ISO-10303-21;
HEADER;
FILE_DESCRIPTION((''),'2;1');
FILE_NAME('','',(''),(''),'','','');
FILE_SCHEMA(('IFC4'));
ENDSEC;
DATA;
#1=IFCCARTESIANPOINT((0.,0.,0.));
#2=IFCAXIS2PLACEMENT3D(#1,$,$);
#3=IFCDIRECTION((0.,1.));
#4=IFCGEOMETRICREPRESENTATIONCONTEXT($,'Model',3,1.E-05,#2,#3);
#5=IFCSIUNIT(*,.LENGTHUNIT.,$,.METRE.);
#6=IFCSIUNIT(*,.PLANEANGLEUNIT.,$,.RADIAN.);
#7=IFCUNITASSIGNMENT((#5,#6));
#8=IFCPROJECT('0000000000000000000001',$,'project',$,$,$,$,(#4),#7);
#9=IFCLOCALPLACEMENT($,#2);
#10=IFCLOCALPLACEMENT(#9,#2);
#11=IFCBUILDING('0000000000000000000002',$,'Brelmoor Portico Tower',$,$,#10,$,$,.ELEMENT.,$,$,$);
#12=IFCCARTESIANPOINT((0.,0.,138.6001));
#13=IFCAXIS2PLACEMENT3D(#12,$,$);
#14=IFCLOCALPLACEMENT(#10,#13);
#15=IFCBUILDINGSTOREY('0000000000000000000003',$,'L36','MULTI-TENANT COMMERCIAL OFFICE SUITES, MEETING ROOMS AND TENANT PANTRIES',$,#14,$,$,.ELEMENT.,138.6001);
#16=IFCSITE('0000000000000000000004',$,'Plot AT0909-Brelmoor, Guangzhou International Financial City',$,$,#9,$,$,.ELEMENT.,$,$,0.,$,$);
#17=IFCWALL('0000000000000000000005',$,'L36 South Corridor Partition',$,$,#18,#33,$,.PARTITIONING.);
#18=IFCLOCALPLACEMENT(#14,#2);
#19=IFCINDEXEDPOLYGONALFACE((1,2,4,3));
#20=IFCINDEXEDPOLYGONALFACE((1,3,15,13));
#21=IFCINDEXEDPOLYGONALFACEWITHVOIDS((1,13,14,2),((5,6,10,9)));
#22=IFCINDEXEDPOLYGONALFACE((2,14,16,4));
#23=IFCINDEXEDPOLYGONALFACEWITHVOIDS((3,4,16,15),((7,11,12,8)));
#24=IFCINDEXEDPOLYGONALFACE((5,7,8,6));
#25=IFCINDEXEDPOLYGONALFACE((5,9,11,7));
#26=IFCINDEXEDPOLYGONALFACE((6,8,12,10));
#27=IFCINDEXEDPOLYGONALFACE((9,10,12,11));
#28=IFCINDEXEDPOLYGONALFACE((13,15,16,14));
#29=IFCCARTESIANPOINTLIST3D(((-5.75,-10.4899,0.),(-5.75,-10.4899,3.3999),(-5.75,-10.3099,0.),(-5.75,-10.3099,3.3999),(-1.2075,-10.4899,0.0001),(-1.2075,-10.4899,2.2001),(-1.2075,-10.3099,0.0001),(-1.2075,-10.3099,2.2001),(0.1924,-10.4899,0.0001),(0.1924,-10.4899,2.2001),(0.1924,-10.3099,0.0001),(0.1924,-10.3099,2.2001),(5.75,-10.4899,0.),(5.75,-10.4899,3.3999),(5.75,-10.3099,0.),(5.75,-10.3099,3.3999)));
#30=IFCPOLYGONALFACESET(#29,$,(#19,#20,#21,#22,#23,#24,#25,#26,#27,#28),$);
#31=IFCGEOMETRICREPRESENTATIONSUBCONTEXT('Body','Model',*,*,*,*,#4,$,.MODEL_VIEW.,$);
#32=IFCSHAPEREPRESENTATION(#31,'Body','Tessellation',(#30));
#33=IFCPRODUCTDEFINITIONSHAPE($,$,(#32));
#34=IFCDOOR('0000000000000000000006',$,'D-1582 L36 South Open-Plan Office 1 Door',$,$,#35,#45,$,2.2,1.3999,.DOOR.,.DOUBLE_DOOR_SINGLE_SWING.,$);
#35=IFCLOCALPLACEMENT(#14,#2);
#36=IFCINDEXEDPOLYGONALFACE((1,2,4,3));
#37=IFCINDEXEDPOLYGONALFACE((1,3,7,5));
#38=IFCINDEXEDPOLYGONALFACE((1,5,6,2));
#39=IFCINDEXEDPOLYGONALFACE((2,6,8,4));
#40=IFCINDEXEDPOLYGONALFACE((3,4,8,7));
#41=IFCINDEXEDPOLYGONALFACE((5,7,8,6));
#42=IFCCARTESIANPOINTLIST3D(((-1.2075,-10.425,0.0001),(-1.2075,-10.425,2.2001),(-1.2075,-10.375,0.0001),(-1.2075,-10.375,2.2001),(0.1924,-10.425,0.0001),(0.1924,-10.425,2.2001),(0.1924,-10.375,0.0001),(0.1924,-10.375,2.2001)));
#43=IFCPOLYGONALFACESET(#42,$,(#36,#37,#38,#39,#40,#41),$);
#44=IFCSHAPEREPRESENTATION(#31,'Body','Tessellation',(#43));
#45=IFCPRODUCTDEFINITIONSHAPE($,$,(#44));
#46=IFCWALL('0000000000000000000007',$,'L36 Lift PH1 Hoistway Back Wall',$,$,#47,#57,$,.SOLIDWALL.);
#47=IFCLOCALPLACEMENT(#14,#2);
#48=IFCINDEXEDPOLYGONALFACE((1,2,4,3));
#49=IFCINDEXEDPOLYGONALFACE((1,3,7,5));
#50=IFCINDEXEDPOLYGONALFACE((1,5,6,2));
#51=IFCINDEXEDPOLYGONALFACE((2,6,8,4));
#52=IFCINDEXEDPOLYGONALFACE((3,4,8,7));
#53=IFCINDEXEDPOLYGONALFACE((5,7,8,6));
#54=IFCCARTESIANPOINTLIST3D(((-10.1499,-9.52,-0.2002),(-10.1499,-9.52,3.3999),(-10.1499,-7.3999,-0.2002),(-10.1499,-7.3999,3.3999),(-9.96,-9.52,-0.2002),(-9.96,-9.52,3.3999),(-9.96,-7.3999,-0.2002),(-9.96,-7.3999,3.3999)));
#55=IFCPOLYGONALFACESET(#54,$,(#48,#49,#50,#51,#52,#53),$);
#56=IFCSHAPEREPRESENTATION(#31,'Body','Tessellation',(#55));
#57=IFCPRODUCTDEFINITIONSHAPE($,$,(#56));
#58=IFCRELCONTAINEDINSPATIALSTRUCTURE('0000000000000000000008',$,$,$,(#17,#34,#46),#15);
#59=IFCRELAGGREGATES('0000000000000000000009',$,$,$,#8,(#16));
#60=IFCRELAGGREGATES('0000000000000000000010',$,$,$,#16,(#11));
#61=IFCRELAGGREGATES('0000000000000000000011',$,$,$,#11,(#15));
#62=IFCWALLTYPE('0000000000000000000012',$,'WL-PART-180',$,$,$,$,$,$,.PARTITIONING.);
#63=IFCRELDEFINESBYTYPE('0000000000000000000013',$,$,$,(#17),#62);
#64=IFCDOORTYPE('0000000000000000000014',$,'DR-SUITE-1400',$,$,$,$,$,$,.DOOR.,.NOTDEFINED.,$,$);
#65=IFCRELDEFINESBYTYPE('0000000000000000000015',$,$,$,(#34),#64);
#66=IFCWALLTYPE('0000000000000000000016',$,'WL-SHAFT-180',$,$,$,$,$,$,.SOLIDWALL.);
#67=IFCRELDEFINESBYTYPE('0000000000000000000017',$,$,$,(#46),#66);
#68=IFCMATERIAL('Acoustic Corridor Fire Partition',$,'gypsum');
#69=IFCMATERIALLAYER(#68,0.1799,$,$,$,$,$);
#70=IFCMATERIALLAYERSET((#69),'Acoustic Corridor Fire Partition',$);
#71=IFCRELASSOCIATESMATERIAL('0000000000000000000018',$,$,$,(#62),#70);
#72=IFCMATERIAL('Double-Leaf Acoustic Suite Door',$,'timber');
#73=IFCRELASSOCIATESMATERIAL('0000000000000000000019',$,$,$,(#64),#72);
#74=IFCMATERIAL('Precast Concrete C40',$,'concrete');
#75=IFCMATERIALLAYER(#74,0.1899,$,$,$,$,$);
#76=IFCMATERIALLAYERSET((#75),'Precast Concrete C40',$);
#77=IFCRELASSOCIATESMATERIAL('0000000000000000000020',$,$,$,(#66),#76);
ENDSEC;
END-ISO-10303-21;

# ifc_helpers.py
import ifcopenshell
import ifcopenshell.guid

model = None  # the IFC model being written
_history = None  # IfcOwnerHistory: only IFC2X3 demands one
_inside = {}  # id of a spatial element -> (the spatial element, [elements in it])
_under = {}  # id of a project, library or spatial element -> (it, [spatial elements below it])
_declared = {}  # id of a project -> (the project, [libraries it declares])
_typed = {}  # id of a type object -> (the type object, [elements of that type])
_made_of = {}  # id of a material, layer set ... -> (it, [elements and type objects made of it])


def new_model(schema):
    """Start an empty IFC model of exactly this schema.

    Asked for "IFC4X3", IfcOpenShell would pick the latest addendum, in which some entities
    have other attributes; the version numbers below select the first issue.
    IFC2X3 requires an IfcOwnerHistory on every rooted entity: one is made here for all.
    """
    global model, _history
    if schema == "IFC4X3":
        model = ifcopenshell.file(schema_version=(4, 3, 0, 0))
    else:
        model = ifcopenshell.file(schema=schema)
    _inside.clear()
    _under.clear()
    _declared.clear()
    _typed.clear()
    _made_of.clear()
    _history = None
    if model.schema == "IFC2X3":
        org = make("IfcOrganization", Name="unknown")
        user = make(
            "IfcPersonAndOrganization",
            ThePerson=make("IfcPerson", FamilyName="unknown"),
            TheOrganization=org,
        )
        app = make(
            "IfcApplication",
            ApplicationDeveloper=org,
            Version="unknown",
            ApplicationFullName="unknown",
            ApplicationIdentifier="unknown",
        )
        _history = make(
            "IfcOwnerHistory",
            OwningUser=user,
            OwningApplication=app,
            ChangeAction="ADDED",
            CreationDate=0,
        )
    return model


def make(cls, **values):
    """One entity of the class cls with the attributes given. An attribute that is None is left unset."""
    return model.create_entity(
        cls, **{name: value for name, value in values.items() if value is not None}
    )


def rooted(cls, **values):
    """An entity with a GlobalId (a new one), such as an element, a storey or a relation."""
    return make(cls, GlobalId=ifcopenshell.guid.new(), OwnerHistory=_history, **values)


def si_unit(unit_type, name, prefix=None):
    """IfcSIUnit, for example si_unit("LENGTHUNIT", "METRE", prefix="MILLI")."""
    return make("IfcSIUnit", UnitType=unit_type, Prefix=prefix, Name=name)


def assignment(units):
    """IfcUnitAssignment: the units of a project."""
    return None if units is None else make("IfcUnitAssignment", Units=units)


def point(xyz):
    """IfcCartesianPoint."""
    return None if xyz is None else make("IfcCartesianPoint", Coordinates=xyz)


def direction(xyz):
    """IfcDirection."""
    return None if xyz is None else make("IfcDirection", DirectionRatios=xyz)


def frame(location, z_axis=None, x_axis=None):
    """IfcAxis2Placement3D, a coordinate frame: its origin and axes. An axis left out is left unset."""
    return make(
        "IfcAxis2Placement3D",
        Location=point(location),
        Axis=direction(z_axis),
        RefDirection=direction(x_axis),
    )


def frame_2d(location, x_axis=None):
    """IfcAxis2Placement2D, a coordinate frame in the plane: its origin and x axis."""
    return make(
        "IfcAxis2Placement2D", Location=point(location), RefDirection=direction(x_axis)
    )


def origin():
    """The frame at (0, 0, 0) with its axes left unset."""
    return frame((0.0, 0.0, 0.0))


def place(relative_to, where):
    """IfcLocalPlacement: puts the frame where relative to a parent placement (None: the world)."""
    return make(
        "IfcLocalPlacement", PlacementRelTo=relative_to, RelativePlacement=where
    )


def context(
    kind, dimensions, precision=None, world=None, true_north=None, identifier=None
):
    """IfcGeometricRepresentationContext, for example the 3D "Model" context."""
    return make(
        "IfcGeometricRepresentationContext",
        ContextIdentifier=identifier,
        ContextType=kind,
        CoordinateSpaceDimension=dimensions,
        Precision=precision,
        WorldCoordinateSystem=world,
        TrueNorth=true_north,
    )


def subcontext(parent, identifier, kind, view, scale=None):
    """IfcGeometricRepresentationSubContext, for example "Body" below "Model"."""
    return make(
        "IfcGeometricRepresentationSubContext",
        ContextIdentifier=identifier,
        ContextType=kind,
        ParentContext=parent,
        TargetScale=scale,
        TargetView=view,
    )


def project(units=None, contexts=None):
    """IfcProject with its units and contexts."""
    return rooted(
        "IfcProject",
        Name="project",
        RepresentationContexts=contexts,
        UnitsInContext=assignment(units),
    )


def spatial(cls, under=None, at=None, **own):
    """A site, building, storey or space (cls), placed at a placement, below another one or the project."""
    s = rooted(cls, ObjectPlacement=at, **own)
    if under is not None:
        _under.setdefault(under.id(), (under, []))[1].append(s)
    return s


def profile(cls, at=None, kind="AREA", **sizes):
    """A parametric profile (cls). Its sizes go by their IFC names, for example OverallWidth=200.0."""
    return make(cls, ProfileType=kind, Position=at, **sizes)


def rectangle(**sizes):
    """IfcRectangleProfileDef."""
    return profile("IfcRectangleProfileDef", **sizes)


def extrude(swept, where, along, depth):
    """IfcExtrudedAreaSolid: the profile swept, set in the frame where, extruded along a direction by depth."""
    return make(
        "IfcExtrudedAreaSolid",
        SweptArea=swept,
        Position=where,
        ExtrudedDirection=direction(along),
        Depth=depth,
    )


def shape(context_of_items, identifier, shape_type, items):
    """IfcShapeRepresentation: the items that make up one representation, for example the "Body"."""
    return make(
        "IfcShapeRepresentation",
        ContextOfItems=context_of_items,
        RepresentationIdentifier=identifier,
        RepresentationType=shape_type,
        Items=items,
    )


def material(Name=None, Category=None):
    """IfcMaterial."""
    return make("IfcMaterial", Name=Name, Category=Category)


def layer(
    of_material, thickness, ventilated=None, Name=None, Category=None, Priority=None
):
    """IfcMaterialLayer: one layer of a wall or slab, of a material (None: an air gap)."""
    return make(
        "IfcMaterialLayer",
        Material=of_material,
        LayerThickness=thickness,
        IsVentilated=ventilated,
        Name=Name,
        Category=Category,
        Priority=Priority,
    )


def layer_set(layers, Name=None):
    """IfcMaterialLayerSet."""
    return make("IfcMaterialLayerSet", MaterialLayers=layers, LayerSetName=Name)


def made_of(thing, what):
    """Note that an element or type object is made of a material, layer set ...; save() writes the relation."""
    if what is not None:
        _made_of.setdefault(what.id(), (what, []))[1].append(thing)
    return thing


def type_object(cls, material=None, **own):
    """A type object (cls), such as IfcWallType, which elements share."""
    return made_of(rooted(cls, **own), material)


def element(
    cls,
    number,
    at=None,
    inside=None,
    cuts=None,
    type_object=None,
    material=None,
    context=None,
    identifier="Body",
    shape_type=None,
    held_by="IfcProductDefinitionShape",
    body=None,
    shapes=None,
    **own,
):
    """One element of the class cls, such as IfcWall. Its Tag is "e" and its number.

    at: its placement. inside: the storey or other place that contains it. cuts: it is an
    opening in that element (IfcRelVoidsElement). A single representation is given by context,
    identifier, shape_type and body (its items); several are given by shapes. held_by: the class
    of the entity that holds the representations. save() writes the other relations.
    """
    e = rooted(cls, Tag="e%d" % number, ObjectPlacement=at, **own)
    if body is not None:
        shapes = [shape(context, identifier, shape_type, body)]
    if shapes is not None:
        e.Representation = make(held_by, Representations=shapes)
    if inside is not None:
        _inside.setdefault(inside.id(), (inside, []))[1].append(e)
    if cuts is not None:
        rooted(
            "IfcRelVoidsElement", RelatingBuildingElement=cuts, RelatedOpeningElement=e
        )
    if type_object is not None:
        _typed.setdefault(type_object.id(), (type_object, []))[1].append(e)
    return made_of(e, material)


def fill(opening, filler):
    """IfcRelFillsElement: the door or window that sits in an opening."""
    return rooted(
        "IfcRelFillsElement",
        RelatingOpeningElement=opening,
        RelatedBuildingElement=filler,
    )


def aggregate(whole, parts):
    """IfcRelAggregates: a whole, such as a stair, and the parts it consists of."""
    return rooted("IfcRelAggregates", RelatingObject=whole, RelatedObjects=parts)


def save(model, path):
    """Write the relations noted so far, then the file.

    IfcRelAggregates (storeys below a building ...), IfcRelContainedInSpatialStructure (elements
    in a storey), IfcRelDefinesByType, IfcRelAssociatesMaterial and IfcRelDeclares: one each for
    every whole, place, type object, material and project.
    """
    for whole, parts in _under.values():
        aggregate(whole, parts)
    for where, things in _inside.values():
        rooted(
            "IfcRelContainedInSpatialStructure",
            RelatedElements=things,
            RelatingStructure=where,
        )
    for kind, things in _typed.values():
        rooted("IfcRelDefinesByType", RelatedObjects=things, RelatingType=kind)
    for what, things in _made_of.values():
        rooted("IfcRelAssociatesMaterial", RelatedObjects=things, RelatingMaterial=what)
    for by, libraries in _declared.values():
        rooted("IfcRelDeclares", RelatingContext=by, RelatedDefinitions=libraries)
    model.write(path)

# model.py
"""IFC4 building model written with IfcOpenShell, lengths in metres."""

from ifc_helpers import new_model, si_unit, direction, frame, frame_2d, origin, place, context, subcontext, project, spatial, rectangle, extrude, material, layer, layer_set, type_object, element, fill, save


model = new_model("IFC4")

# Units and contexts
model_context = context("Model", 3, precision=1e-05, world=origin(), true_north=direction((0.0, 1.0)))
body_context = subcontext(model_context, "Body", "Model", "MODEL_VIEW")
ifc_project = project(units=[si_unit("LENGTHUNIT", "METRE"), si_unit("PLANEANGLEUNIT", "RADIAN")], contexts=[model_context])

# Site, building, storey
site_placement = place(None, origin())
site = spatial("IfcSite", under=ifc_project, at=site_placement, Name="Plot AT0909-Brelmoor, Guangzhou International Financial City", CompositionType="ELEMENT", RefElevation=0.0)
building_placement = place(site_placement, origin())
building = spatial("IfcBuilding", under=site, at=building_placement, Name="Brelmoor Portico Tower", CompositionType="ELEMENT")
storey_placement = place(building_placement, frame((0.0, 0.0, 138.6001)))
storey = spatial("IfcBuildingStorey", under=building, at=storey_placement, Name="L36", Description="MULTI-TENANT COMMERCIAL OFFICE SUITES, MEETING ROOMS AND TENANT PANTRIES", CompositionType="ELEMENT", Elevation=138.6001)

# Wall, opening, door
ifc_material_1 = material(Name="Acoustic Corridor Fire Partition", Category="gypsum")
ifc_layer_1 = layer(ifc_material_1, 0.1799)
ifc_layer_set_1 = layer_set([ifc_layer_1], Name="Acoustic Corridor Fire Partition")
wall_type_1 = type_object("IfcWallType", Name="WL-PART-180", PredefinedType="PARTITIONING", material=ifc_layer_set_1)
wall_1_placement = place(storey_placement, frame((-5.75, -10.3999, 0.0), z_axis=(0.0, 0.0, 1.0), x_axis=(1.0, 0.0, 0.0)))
wall_1 = element("IfcWall", 1, at=wall_1_placement, inside=storey, type_object=wall_type_1, Name="L36 South Corridor Partition", PredefinedType="PARTITIONING", context=body_context, shape_type="SweptSolid", body=[
    extrude(rectangle(XDim=11.5, YDim=0.1799, at=frame_2d((5.75, 0.0))), origin(), (0.0, 0.0, 1.0), 3.3999),
])
opening_placement = place(wall_1_placement, frame((4.5425, 0.0, 0.0)))
opening = element("IfcOpeningElement", 2, at=opening_placement, cuts=wall_1, PredefinedType="OPENING", context=body_context, shape_type="SweptSolid", body=[
    extrude(rectangle(XDim=1.3999, YDim=2.2, at=frame_2d((0.7, 1.1001))), frame((0.0, 0.0999, 0.0), z_axis=(0.0, -1.0, 0.0), x_axis=(1.0, 0.0, 0.0)), (0.0, 0.0, 1.0), 0.2),
])
ifc_material_2 = material(Name="Double-Leaf Acoustic Suite Door", Category="timber")
door_type = type_object("IfcDoorType", Name="DR-SUITE-1400", OperationType="NOTDEFINED", PredefinedType="DOOR", material=ifc_material_2)
door_placement = place(opening_placement, origin())
door = element("IfcDoor", 3, at=door_placement, inside=storey, type_object=door_type, Name="D-1582 L36 South Open-Plan Office 1 Door", OperationType="DOUBLE_DOOR_SINGLE_SWING", OverallHeight=2.2, OverallWidth=1.3999, PredefinedType="DOOR", context=body_context, shape_type="SweptSolid", body=[
    extrude(rectangle(XDim=1.3999, YDim=2.2, at=frame_2d((0.7, 1.1001))), frame((0.0, 0.0249, 0.0), z_axis=(0.0, -1.0, 0.0), x_axis=(1.0, 0.0, 0.0)), (0.0, 0.0, 1.0), 0.05),
])
fill(opening, door)

# Wall
ifc_material_3 = material(Name="Precast Concrete C40", Category="concrete")
ifc_layer_2 = layer(ifc_material_3, 0.1899)
ifc_layer_set_2 = layer_set([ifc_layer_2], Name="Precast Concrete C40")
wall_type_2 = type_object("IfcWallType", Name="WL-SHAFT-180", PredefinedType="SOLIDWALL", material=ifc_layer_set_2)
wall_2_placement = place(storey_placement, frame((-10.0549, -9.52, -0.2002), z_axis=(0.0, 0.0, 1.0), x_axis=(0.0, 1.0, 0.0)))
element("IfcWall", 4, at=wall_2_placement, inside=storey, type_object=wall_type_2, Name="L36 Lift PH1 Hoistway Back Wall", PredefinedType="SOLIDWALL", context=body_context, shape_type="SweptSolid", body=[
    extrude(rectangle(XDim=2.1201, YDim=0.1899, at=frame_2d((1.0601, 0.0))), origin(), (0.0, 0.0, 1.0), 3.6001),
])

save(model, "model.ifc")
